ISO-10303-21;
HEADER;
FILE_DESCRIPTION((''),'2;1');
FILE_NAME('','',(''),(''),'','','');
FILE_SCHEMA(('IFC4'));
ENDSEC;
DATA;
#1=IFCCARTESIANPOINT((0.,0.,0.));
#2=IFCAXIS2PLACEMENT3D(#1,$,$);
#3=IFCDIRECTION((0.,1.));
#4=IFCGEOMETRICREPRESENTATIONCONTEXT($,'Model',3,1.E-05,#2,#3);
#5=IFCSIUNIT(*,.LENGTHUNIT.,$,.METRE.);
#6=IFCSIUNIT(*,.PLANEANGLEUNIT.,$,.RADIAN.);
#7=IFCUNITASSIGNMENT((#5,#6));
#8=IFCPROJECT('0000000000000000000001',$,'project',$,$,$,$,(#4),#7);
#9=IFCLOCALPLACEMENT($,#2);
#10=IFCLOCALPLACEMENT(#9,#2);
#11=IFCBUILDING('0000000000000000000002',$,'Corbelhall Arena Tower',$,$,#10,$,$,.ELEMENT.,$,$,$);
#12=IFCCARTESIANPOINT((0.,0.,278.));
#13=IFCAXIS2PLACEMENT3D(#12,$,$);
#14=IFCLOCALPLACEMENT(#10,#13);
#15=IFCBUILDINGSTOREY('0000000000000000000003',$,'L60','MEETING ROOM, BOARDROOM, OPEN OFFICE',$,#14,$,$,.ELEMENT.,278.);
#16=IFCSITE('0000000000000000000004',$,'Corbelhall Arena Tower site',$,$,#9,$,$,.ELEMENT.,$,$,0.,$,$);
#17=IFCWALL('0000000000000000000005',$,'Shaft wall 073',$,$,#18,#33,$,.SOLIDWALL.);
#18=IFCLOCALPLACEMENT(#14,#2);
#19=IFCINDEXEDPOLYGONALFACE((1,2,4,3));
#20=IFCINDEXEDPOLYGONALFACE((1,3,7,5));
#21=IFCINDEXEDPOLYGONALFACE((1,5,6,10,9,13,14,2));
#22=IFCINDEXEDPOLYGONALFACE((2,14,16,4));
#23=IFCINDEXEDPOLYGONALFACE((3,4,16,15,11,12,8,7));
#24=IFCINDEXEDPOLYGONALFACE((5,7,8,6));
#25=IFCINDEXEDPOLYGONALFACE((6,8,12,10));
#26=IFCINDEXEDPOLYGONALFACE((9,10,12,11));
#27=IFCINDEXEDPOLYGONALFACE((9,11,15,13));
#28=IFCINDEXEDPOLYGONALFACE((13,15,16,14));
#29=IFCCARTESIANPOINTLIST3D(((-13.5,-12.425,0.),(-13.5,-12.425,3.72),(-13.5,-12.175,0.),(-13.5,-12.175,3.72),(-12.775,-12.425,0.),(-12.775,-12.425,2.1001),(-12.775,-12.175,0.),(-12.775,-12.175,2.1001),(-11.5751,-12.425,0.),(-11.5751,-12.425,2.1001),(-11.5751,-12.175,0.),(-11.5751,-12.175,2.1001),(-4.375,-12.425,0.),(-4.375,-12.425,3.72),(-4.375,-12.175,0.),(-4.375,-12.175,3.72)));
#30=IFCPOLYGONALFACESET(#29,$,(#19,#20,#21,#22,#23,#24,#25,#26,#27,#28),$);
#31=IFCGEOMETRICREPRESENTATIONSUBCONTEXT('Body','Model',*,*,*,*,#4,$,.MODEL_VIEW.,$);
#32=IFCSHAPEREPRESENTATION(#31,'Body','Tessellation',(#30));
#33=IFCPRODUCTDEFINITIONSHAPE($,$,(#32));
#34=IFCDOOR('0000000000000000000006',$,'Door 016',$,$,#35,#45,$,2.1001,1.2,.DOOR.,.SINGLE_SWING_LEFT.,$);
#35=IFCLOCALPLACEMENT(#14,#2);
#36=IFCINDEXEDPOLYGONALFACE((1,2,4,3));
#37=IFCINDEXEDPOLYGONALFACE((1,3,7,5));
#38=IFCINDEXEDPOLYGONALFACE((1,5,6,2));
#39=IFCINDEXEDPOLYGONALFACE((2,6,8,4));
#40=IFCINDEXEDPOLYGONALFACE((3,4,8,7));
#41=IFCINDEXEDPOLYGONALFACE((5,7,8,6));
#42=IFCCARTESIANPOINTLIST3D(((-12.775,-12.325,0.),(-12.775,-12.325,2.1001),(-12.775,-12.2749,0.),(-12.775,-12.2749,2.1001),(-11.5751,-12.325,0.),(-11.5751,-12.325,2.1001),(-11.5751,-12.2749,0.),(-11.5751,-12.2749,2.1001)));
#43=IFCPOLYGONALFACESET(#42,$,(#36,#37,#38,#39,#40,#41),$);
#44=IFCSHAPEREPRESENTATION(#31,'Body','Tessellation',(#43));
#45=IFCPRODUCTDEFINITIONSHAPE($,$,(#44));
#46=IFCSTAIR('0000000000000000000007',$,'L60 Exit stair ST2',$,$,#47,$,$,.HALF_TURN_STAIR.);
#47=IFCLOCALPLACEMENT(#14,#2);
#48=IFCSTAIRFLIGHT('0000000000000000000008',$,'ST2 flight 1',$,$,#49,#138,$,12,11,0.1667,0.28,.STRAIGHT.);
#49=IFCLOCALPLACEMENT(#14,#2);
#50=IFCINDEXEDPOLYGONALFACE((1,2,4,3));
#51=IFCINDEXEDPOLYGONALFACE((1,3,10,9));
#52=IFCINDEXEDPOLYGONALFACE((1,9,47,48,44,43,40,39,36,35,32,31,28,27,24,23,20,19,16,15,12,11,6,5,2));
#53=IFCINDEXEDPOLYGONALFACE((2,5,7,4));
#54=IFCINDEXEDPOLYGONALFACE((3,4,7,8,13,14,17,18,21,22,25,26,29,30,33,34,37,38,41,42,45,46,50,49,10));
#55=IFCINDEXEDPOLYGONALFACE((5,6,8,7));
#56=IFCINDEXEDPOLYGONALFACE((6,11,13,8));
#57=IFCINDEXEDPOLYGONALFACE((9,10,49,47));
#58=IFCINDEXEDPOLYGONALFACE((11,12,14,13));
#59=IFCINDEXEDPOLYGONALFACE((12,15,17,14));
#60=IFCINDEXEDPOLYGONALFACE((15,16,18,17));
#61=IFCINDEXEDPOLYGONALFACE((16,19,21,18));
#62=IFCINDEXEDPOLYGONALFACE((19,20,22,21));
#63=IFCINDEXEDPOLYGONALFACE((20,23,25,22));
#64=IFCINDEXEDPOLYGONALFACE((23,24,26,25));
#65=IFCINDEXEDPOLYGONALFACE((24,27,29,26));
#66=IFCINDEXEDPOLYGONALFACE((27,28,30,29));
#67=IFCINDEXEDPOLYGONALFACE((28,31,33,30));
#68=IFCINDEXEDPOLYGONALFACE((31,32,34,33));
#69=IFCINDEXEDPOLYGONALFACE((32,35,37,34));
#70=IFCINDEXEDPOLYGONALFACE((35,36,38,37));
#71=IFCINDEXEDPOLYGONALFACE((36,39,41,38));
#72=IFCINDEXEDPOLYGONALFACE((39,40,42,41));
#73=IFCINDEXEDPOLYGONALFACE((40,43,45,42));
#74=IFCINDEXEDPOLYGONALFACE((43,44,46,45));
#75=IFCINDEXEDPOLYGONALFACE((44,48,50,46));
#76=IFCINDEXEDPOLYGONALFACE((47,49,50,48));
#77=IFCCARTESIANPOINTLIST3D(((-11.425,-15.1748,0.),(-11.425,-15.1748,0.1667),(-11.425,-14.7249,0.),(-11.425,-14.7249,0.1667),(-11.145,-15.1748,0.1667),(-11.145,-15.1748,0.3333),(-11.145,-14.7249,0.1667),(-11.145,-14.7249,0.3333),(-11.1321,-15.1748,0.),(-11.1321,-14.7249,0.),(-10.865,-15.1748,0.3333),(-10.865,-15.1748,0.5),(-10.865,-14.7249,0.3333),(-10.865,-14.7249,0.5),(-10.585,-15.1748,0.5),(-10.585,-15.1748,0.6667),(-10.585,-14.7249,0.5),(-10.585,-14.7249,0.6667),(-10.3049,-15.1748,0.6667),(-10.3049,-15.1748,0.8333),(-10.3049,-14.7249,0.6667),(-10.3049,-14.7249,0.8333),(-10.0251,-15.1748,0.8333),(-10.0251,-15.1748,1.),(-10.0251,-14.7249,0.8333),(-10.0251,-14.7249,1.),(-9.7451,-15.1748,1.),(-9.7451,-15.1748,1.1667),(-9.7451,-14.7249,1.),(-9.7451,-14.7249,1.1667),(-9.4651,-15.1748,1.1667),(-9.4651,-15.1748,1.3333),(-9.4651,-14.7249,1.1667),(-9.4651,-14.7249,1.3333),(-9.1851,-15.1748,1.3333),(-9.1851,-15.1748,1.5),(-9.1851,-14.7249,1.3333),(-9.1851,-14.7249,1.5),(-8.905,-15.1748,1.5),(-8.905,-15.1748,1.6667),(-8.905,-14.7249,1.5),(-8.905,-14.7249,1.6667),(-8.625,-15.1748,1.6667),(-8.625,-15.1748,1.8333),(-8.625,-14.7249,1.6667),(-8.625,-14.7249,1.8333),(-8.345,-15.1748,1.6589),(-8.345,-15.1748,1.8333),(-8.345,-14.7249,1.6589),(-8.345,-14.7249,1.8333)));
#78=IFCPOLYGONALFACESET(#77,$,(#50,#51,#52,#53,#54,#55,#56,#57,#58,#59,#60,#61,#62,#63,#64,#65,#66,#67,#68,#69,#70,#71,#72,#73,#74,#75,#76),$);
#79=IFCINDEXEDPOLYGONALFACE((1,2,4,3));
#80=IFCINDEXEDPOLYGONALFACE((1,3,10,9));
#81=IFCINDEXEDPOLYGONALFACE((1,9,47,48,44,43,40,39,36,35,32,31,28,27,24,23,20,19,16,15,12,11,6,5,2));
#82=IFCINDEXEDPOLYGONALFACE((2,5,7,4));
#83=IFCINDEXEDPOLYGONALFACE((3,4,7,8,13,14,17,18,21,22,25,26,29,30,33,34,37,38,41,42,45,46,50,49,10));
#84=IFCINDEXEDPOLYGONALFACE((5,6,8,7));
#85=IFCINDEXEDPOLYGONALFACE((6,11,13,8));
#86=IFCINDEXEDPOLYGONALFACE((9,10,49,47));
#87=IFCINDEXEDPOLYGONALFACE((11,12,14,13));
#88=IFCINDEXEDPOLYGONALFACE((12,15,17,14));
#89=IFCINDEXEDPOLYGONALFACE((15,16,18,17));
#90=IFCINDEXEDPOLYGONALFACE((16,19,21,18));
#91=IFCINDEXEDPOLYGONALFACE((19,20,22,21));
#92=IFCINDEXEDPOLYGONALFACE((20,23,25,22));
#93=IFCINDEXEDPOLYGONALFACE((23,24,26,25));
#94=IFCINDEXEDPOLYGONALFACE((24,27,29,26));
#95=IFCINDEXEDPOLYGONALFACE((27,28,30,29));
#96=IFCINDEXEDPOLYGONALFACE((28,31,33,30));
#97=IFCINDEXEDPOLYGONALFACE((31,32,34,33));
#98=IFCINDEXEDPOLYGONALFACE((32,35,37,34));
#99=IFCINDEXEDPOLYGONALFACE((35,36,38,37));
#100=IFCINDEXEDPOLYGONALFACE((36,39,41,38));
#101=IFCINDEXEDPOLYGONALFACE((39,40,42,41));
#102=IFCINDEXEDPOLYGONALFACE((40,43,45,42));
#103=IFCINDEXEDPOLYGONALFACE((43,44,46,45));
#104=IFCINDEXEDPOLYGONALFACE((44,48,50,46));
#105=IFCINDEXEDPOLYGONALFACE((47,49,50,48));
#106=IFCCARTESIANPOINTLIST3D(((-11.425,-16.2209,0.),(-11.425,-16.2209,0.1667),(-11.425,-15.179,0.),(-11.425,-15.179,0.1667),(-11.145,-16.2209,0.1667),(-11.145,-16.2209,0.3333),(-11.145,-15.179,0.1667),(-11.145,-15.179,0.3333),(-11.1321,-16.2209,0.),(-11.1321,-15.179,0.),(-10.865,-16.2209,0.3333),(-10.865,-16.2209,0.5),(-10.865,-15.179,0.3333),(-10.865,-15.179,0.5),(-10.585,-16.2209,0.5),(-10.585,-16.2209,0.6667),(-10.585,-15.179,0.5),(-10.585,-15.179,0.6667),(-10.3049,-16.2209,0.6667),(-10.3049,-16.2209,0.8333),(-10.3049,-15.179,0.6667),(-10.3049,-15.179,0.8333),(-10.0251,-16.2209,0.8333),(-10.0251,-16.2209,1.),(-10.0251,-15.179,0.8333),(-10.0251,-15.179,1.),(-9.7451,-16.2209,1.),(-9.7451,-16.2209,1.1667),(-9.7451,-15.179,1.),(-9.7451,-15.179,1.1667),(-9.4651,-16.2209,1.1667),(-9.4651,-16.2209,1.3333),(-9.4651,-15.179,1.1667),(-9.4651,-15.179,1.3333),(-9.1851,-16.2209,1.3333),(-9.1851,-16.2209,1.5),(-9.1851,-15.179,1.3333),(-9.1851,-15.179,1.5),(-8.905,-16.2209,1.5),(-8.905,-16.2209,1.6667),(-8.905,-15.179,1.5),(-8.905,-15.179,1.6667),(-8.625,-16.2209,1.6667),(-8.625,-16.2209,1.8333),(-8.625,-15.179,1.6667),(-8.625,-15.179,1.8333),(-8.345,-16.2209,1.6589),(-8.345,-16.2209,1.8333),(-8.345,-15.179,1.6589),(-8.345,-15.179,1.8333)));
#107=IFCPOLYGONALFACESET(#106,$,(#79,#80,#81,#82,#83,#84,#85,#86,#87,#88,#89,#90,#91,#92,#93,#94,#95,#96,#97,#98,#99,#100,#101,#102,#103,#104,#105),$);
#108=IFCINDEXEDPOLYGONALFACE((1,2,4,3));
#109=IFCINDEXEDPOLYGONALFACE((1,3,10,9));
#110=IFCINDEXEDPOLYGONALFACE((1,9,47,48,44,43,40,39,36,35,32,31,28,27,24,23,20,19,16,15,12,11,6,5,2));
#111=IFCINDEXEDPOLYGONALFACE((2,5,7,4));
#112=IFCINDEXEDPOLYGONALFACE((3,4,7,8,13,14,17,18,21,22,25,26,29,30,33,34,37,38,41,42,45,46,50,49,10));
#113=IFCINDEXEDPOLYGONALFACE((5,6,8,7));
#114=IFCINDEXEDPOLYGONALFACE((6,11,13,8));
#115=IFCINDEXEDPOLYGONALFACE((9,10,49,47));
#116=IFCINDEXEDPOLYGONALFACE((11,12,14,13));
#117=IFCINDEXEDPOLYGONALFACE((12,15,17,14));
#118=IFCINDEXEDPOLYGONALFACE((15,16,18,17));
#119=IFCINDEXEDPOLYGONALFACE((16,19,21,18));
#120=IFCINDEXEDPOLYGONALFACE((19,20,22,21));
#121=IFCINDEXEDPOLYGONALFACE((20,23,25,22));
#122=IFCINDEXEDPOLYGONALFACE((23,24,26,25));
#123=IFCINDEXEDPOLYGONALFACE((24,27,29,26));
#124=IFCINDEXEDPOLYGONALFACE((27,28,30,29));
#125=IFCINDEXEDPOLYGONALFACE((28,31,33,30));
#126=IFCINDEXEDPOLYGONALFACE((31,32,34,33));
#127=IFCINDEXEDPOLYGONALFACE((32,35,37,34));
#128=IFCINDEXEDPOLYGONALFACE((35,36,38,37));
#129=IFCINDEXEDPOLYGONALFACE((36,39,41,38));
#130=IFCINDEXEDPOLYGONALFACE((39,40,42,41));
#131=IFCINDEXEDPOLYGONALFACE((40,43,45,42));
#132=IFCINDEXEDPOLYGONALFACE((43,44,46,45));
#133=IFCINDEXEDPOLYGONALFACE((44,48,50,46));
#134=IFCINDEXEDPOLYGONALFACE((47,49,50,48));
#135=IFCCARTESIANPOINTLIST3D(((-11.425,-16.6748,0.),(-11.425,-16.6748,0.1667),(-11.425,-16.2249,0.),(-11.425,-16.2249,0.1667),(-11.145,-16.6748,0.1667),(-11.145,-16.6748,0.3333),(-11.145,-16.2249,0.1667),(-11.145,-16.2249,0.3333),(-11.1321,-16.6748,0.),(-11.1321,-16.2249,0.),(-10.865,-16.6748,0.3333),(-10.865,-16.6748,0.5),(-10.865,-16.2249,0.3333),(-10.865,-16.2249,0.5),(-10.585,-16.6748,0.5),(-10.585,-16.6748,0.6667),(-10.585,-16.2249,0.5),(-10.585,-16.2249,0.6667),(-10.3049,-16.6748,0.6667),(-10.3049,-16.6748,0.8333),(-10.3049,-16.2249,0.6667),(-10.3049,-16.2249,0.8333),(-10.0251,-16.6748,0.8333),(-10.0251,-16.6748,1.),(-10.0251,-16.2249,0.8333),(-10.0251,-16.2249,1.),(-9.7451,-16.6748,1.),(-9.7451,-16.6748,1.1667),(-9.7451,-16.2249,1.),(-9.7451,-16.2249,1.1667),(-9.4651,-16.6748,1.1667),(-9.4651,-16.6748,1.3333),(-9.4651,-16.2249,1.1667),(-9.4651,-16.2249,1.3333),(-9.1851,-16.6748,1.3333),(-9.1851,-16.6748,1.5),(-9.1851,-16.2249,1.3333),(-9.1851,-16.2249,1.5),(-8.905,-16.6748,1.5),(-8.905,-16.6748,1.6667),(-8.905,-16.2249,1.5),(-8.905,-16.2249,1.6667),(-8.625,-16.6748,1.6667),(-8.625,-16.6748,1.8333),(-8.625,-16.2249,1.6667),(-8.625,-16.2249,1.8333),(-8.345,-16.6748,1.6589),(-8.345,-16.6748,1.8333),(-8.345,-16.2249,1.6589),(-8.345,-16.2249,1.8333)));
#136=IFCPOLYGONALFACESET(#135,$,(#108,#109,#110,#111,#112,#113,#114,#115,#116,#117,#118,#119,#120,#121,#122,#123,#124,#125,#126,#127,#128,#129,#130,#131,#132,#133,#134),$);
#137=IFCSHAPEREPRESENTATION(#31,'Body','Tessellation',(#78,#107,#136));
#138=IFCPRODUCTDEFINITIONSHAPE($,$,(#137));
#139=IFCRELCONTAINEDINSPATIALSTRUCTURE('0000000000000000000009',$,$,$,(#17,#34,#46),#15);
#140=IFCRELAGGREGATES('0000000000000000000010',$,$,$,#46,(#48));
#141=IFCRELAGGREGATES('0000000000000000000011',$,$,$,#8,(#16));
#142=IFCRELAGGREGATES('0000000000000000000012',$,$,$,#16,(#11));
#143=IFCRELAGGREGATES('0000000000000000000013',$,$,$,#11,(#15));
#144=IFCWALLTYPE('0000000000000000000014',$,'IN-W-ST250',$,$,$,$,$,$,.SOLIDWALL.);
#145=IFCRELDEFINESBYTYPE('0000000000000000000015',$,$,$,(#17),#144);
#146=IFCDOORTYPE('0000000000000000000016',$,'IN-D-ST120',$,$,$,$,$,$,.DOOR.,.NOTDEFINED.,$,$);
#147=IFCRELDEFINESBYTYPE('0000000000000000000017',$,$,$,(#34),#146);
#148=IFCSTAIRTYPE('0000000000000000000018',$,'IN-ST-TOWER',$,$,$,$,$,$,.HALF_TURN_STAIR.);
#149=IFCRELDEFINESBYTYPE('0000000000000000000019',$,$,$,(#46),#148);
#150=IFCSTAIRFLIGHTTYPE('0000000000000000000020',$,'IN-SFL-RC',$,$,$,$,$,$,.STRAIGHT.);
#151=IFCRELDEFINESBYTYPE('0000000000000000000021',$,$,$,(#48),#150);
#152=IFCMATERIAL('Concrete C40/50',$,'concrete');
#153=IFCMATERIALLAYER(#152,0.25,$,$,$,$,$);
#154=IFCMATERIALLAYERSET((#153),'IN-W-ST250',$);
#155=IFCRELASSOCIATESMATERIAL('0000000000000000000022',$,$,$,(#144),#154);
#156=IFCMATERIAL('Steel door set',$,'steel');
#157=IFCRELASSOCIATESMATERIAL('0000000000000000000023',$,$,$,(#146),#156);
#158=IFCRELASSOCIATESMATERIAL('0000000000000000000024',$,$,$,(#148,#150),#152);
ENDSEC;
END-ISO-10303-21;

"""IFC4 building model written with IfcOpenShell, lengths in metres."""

from ifc_helpers import new_model, si_unit, direction, frame, frame_2d, origin, place, context, subcontext, project, spatial, polyline, rectangle, outline, extrude, material, layer, layer_set, type_object, element, fill, aggregate, save


model = new_model("IFC4")

# Units and contexts
model_context = context("Model", 3, precision=1e-05, world=origin(), true_north=direction((0.0, 1.0)))
body_context = subcontext(model_context, "Body", "Model", "MODEL_VIEW")
ifc_project = project(units=[si_unit("LENGTHUNIT", "METRE"), si_unit("PLANEANGLEUNIT", "RADIAN")], contexts=[model_context])

# Site, building, storey
site_placement = place(None, origin())
site = spatial("IfcSite", under=ifc_project, at=site_placement, Name="Corbelhall Arena Tower site", CompositionType="ELEMENT", RefElevation=0.0)
building_placement = place(site_placement, origin())
building = spatial("IfcBuilding", under=site, at=building_placement, Name="Corbelhall Arena Tower", CompositionType="ELEMENT")
storey_placement = place(building_placement, frame((0.0, 0.0, 278.0)))
storey = spatial("IfcBuildingStorey", under=building, at=storey_placement, Name="L60", Description="MEETING ROOM, BOARDROOM, OPEN OFFICE", CompositionType="ELEMENT", Elevation=278.0)

# Shared definitions
ifc_material_1 = material(Name="Steel door set", Category="steel")

# Shared definitions
ifc_material_2 = material(Name="Concrete C40/50", Category="concrete")
ifc_layer_1 = layer(ifc_material_2, 0.25)
ifc_layer_set_1 = layer_set([ifc_layer_1], Name="IN-W-ST250")
wall_type_1 = type_object("IfcWallType", Name="IN-W-ST250", PredefinedType="SOLIDWALL", material=ifc_layer_set_1)

# Wall, opening, door
wall_1_placement = place(storey_placement, frame((-4.375, -12.3, 0.0), z_axis=(0.0, 0.0, 1.0), x_axis=(-1.0, 0.0, 0.0)))
wall_1 = element("IfcWall", 1, at=wall_1_placement, inside=storey, type_object=wall_type_1, Name="Shaft wall 073", PredefinedType="SOLIDWALL", context=body_context, shape_type="SweptSolid", body=[
    extrude(rectangle(XDim=9.125, YDim=0.25, at=frame_2d((4.5625, 0.0))), origin(), (0.0, 0.0, 1.0), 3.72),
])
opening_1_placement = place(wall_1_placement, frame((7.2, 0.0, 0.0)))
opening_1 = element("IfcOpeningElement", 2, at=opening_1_placement, cuts=wall_1, PredefinedType="OPENING", context=body_context, shape_type="SweptSolid", body=[
    extrude(rectangle(XDim=1.2, YDim=2.1001, at=frame_2d((0.6001, 1.05))), frame((0.0, 0.125, 0.0), z_axis=(0.0, -1.0, 0.0), x_axis=(1.0, 0.0, 0.0)), (0.0, 0.0, 1.0), 0.25),
])
door_type_1 = type_object("IfcDoorType", Name="IN-D-ST120", OperationType="NOTDEFINED", PredefinedType="DOOR", material=ifc_material_1)
door_1_placement = place(opening_1_placement, origin())
door_1 = element("IfcDoor", 3, at=door_1_placement, inside=storey, type_object=door_type_1, Name="Door 016", OperationType="SINGLE_SWING_LEFT", OverallHeight=2.1001, OverallWidth=1.2, PredefinedType="DOOR", context=body_context, shape_type="SweptSolid", body=[
    extrude(rectangle(XDim=1.2, YDim=2.1001, at=frame_2d((0.6001, 1.05))), frame((0.0, 0.0249, 0.0), z_axis=(0.0, -1.0, 0.0), x_axis=(1.0, 0.0, 0.0)), (0.0, 0.0, 1.0), 0.05),
])
fill(opening_1, door_1)

# Stair, stair flight
stair_type = type_object("IfcStairType", Name="IN-ST-TOWER", PredefinedType="HALF_TURN_STAIR", material=ifc_material_2)
stair_placement = place(storey_placement, origin())
stair = element("IfcStair", 4, at=stair_placement, inside=storey, type_object=stair_type, Name="L60 Exit stair ST2", PredefinedType="HALF_TURN_STAIR")
stair_flight_type = type_object("IfcStairFlightType", Name="IN-SFL-RC", PredefinedType="STRAIGHT", material=ifc_material_2)
stair_flight_1_placement = place(storey_placement, frame((-11.425, -15.7, 0.0), z_axis=(0.0, 0.0, 1.0), x_axis=(1.0, 0.0, 0.0)))
stair_flight_1 = element("IfcStairFlight", 5, at=stair_flight_1_placement, type_object=stair_flight_type, Name="ST2 flight 1", NumberOfRisers=12, NumberOfTreads=11, PredefinedType="STRAIGHT", RiserHeight=0.1667, TreadLength=0.28, context=body_context, shape_type="SweptSolid", body=[
    extrude(outline(polyline([(0.0, 0.0), (0.0, 0.1667), (0.28, 0.1667), (0.28, 0.3333), (0.5601, 0.3333), (0.5601, 0.5), (0.8401, 0.5), (0.8401, 0.6667), (1.1201, 0.6667), (1.1201, 0.8333), (1.3999, 0.8333), (1.3999, 1.0), (1.6799, 1.0), (1.6799, 1.1667), (1.96, 1.1667), (1.96, 1.3333), (2.24, 1.3333), (2.24, 1.5), (2.52, 1.5), (2.52, 1.6667), (2.8, 1.6667), (2.8, 1.8333), (3.0801, 1.8333), (3.0801, 2.0), (3.0801, 1.6589), (0.293, 0.0), (0.0, 0.0)])), frame((0.0, 0.9751, 0.0), z_axis=(0.0, -1.0, 0.0), x_axis=(1.0, 0.0, 0.0)), (0.0, 0.0, 1.0), 0.45),
    extrude(outline(polyline([(0.0, 0.0), (0.0, 0.1667), (0.28, 0.1667), (0.28, 0.3333), (0.5601, 0.3333), (0.5601, 0.5), (0.8401, 0.5), (0.8401, 0.6667), (1.1201, 0.6667), (1.1201, 0.8333), (1.3999, 0.8333), (1.3999, 1.0), (1.6799, 1.0), (1.6799, 1.1667), (1.96, 1.1667), (1.96, 1.3333), (2.24, 1.3333), (2.24, 1.5), (2.52, 1.5), (2.52, 1.6667), (2.8, 1.6667), (2.8, 1.8333), (3.0801, 1.8333), (3.0801, 2.0), (3.0801, 1.6589), (0.293, 0.0), (0.0, 0.0)])), frame((0.0, 0.521, 0.0), z_axis=(0.0, -1.0, 0.0), x_axis=(1.0, 0.0, 0.0)), (0.0, 0.0, 1.0), 1.042),
    extrude(outline(polyline([(0.0, 0.0), (0.0, 0.1667), (0.28, 0.1667), (0.28, 0.3333), (0.5601, 0.3333), (0.5601, 0.5), (0.8401, 0.5), (0.8401, 0.6667), (1.1201, 0.6667), (1.1201, 0.8333), (1.3999, 0.8333), (1.3999, 1.0), (1.6799, 1.0), (1.6799, 1.1667), (1.96, 1.1667), (1.96, 1.3333), (2.24, 1.3333), (2.24, 1.5), (2.52, 1.5), (2.52, 1.6667), (2.8, 1.6667), (2.8, 1.8333), (3.0801, 1.8333), (3.0801, 2.0), (3.0801, 1.6589), (0.293, 0.0), (0.0, 0.0)])), frame((0.0, -0.5249, 0.0), z_axis=(0.0, -1.0, 0.0), x_axis=(1.0, 0.0, 0.0)), (0.0, 0.0, 1.0), 0.45),
])
aggregate(stair, [stair_flight_1])

save(model, "model.ifc")
